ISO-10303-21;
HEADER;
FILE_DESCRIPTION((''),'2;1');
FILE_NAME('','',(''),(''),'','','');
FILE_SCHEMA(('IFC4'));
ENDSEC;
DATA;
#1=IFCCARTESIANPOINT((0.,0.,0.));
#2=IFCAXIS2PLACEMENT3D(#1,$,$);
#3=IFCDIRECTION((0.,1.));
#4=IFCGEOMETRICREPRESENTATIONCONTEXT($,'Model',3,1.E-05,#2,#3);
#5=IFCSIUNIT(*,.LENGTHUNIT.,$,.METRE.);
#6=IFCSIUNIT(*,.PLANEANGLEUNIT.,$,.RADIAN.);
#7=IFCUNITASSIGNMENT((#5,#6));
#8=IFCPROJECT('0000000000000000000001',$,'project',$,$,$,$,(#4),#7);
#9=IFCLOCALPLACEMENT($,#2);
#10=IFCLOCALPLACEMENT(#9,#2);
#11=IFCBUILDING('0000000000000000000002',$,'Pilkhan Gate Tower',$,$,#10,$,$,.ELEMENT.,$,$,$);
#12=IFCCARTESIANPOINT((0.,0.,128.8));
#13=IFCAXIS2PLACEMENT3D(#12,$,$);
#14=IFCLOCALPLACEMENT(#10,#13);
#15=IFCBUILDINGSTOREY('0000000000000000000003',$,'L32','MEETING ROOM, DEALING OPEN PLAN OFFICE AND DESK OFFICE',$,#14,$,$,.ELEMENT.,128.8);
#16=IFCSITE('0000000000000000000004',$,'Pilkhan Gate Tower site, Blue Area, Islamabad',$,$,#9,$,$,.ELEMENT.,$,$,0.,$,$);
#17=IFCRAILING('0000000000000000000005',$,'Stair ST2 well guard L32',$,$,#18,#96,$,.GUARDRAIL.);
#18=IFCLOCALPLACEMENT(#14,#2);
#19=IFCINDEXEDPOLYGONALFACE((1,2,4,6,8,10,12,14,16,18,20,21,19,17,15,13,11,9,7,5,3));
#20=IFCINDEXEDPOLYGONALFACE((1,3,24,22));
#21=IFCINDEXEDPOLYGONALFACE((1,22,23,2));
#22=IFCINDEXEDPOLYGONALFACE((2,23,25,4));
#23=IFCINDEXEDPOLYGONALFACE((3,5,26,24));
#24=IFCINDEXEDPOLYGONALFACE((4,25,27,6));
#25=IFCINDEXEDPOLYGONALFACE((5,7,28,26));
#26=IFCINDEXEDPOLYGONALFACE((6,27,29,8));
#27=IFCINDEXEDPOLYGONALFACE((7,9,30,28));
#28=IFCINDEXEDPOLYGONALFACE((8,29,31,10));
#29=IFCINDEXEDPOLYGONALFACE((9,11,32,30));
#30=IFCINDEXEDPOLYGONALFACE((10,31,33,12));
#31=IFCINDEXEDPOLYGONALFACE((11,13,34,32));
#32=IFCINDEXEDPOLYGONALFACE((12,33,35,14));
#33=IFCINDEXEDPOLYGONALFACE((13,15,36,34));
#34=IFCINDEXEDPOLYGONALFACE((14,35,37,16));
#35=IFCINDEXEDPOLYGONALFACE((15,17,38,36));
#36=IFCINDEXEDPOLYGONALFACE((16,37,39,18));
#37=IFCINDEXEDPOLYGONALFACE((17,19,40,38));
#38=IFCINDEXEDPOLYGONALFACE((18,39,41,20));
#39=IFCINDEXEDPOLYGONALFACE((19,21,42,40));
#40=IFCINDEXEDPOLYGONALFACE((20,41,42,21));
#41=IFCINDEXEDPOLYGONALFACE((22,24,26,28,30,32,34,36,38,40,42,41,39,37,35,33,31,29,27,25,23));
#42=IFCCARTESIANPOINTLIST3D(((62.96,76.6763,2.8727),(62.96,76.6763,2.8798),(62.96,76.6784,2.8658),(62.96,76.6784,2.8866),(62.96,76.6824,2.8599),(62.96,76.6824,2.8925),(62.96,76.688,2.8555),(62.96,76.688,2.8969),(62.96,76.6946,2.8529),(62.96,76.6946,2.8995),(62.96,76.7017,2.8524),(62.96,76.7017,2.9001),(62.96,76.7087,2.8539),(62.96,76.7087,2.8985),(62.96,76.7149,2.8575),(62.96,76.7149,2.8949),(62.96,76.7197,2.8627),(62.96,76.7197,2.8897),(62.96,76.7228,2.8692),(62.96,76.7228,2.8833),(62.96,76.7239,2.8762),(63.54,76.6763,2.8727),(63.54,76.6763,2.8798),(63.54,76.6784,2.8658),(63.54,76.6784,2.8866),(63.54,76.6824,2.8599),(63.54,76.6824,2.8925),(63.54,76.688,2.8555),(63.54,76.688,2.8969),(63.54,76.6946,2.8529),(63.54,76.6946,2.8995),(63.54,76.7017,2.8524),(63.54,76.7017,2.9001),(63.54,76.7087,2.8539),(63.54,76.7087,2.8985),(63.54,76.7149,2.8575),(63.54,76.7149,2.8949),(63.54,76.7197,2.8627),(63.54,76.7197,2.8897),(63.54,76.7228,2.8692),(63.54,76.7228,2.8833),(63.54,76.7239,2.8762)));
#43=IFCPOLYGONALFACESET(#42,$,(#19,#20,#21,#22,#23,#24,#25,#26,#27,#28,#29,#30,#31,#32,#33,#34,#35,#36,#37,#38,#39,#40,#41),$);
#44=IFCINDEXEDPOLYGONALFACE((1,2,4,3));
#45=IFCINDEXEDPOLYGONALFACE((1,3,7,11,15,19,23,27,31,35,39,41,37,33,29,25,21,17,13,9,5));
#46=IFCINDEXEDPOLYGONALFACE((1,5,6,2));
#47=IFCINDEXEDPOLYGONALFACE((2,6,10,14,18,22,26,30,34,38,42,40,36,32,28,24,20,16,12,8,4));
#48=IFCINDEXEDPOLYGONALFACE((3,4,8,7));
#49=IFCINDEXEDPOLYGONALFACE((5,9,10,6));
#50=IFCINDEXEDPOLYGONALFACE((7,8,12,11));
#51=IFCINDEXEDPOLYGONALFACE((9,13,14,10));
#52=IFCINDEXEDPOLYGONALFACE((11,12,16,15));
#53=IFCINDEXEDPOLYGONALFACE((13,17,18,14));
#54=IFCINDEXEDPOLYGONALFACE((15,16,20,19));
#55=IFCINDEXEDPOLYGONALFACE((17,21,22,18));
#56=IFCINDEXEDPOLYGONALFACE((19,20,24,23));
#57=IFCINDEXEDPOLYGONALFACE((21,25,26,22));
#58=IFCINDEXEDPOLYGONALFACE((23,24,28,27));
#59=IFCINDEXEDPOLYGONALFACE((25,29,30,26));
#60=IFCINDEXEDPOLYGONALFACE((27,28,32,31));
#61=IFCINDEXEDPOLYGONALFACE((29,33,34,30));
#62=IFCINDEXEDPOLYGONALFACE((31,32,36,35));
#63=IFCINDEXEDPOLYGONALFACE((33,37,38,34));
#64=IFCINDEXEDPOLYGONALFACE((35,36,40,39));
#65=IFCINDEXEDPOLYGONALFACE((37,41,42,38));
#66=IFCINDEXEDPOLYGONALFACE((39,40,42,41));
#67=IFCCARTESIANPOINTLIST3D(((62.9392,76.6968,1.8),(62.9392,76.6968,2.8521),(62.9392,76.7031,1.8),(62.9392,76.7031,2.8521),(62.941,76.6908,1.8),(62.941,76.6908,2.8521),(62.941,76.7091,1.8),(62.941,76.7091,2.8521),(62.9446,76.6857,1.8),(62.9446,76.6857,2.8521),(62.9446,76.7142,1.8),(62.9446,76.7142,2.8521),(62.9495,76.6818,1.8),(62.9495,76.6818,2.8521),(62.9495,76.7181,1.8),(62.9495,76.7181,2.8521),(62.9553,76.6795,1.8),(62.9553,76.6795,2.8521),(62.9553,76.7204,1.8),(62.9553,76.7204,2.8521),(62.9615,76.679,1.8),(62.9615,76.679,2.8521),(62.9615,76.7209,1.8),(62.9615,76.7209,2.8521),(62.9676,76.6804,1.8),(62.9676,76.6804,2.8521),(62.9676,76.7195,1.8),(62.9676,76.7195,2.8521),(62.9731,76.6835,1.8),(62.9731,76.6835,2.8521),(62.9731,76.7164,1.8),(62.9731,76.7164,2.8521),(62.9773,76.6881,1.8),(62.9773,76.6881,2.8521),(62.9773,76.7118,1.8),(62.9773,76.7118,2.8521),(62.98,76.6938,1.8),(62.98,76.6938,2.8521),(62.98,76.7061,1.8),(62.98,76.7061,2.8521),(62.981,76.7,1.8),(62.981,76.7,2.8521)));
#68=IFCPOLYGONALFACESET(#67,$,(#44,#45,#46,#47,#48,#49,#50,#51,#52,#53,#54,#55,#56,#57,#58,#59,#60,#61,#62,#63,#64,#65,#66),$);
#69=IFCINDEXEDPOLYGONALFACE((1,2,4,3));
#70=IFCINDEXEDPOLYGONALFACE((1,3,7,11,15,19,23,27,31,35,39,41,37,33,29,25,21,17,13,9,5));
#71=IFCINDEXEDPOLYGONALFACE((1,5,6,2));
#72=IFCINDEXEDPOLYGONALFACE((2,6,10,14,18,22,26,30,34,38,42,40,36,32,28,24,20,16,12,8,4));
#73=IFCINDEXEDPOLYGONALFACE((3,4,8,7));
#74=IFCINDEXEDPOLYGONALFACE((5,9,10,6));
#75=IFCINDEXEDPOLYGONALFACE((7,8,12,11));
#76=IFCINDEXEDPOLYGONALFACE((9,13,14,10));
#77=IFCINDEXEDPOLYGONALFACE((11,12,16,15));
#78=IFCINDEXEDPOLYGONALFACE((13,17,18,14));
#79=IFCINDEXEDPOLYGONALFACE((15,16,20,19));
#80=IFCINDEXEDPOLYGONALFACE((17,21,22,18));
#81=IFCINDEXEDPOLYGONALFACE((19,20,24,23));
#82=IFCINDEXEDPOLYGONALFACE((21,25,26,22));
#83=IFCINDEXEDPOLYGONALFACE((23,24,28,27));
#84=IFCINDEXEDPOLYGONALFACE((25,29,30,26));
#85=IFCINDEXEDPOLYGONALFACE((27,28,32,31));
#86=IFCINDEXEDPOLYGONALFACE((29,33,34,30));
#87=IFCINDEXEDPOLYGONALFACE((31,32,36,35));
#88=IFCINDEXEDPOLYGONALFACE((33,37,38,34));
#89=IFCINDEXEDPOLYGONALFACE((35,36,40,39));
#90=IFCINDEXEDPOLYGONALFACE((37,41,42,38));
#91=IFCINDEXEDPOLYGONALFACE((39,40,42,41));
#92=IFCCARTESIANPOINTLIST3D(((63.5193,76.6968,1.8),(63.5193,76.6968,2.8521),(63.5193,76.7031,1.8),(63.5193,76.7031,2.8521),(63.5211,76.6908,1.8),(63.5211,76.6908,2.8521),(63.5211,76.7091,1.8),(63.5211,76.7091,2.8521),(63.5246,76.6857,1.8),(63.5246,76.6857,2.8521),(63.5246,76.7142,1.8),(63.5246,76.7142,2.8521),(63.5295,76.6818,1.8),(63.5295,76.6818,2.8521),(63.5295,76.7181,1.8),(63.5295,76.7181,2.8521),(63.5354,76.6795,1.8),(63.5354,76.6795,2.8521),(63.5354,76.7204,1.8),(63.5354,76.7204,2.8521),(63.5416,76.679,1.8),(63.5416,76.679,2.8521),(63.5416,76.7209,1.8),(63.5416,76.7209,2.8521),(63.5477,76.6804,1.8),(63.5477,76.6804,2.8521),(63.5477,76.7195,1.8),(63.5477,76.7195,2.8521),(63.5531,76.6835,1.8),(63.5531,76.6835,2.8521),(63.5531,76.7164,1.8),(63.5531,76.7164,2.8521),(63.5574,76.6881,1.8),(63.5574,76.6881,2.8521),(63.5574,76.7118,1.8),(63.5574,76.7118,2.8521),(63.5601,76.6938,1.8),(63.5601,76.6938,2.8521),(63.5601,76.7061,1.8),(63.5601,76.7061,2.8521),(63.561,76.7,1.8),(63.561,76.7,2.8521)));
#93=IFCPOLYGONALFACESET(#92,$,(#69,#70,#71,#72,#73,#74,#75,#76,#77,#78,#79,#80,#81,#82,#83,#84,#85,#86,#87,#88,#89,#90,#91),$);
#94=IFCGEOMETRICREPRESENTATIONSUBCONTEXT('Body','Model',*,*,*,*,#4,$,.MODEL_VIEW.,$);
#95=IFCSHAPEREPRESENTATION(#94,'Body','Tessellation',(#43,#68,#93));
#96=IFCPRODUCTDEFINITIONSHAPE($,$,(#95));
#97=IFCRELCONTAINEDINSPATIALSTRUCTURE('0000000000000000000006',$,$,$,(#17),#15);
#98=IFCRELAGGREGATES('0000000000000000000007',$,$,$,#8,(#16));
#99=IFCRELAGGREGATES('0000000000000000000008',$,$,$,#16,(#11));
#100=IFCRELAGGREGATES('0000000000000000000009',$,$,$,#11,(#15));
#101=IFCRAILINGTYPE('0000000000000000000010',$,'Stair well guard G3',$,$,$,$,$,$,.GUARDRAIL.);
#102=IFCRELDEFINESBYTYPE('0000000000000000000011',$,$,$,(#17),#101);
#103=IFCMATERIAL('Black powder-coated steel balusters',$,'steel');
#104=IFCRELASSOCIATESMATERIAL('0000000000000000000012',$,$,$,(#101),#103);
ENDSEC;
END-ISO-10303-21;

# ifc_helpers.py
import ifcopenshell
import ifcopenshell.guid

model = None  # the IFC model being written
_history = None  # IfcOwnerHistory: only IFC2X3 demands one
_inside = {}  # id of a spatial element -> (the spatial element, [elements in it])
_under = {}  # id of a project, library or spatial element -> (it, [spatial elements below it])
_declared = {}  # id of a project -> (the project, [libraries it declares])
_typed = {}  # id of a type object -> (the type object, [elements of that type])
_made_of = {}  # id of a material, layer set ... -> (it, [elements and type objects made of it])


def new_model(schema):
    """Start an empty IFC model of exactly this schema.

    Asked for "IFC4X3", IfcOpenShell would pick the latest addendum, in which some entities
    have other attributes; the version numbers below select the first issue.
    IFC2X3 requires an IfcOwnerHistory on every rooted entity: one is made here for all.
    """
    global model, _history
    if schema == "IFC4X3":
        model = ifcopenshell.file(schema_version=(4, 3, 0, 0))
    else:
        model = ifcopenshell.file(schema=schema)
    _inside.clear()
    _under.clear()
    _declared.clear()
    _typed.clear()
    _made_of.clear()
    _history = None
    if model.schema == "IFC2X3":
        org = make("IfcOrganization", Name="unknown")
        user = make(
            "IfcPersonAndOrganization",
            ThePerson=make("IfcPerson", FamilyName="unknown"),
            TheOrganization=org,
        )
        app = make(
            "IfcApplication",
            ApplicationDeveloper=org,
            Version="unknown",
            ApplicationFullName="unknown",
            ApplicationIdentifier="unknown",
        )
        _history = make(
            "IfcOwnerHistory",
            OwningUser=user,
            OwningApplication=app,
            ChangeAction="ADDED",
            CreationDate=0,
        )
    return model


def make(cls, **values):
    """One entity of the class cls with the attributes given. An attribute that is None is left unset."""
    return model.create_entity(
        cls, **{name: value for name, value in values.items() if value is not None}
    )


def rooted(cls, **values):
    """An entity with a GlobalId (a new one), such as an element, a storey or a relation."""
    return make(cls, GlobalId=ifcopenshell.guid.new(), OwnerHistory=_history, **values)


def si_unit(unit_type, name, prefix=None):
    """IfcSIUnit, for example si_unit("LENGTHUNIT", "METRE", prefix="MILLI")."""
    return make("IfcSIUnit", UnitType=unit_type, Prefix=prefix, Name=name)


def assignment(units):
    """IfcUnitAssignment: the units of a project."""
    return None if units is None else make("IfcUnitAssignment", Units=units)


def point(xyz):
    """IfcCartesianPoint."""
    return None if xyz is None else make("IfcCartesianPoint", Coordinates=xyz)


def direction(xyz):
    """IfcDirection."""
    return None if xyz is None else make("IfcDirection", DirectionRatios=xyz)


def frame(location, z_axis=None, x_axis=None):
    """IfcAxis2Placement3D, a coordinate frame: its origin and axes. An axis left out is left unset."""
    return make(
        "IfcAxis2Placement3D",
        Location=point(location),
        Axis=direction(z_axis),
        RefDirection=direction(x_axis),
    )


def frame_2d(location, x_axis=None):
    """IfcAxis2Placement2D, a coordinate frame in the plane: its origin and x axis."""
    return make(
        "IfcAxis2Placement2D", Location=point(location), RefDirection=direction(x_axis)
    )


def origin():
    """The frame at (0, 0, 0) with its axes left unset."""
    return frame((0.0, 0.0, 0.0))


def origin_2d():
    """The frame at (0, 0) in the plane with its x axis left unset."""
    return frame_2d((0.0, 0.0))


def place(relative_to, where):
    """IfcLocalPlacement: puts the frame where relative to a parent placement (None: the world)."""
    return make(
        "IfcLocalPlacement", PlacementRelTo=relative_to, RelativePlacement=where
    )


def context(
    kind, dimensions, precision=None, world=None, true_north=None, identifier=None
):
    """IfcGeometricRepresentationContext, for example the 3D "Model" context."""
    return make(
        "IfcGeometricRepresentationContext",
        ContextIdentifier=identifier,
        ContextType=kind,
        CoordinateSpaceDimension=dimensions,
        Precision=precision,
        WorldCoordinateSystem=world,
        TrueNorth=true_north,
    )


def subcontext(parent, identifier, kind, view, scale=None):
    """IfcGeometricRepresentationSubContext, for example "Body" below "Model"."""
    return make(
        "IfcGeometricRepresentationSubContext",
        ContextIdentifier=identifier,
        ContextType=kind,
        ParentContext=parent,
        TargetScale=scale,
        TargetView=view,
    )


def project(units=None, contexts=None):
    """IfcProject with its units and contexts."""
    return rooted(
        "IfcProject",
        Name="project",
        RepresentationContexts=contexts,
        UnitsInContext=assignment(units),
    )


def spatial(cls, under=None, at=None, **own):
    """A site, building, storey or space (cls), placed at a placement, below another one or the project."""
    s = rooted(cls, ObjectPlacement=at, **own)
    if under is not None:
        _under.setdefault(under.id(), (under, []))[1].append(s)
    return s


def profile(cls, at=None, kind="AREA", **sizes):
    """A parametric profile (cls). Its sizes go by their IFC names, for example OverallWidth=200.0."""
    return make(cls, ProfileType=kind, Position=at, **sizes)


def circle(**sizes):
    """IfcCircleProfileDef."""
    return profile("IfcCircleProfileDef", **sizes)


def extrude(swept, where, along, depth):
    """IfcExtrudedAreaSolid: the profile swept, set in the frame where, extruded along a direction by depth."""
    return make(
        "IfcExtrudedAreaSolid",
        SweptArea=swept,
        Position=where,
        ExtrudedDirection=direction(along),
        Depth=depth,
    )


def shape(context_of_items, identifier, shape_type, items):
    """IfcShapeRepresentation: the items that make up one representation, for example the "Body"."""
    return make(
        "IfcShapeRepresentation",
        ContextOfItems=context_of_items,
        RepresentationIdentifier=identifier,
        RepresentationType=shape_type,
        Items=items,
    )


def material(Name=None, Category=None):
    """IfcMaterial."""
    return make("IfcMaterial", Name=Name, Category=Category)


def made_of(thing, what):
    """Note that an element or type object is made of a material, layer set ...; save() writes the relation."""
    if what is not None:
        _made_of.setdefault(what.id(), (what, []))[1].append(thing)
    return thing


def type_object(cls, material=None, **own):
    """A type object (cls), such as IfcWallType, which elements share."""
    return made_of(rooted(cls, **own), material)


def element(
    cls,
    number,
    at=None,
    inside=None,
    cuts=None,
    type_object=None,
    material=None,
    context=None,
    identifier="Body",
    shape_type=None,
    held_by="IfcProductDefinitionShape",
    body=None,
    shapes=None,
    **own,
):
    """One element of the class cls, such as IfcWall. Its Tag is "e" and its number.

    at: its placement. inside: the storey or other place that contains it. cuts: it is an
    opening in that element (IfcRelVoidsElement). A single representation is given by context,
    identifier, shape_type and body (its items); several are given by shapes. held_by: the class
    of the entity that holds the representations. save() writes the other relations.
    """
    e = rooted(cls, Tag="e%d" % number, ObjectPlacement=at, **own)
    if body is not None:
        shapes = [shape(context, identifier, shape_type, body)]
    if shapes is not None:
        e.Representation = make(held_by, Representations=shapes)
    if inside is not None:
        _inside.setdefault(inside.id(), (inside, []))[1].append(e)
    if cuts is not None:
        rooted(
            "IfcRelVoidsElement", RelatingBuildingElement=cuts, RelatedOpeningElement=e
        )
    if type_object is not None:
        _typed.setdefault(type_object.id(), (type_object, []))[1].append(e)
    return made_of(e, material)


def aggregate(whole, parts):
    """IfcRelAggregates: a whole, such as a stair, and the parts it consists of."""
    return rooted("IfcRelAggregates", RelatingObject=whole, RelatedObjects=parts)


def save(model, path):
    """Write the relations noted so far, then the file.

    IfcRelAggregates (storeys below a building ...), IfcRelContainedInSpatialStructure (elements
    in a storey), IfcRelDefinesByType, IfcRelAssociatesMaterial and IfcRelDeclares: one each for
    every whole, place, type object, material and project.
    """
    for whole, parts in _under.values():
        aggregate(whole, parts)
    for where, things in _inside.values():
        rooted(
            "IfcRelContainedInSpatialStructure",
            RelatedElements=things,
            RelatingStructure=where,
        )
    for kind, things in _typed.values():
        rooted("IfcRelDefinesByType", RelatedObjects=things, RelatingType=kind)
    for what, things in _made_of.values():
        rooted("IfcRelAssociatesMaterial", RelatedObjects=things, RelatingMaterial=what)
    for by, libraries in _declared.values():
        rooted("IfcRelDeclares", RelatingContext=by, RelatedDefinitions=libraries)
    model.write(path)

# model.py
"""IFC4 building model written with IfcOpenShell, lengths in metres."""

from ifc_helpers import new_model, si_unit, direction, frame, origin, origin_2d, place, context, subcontext, project, spatial, circle, extrude, material, type_object, element, save


model = new_model("IFC4")

# Units and contexts
model_context = context("Model", 3, precision=1e-05, world=origin(), true_north=direction((0.0, 1.0)))
body_context = subcontext(model_context, "Body", "Model", "MODEL_VIEW")
ifc_project = project(units=[si_unit("LENGTHUNIT", "METRE"), si_unit("PLANEANGLEUNIT", "RADIAN")], contexts=[model_context])

# Site, building, storey
site_placement = place(None, origin())
site = spatial("IfcSite", under=ifc_project, at=site_placement, Name="Pilkhan Gate Tower site, Blue Area, Islamabad", CompositionType="ELEMENT", RefElevation=0.0)
building_placement = place(site_placement, origin())
building = spatial("IfcBuilding", under=site, at=building_placement, Name="Pilkhan Gate Tower", CompositionType="ELEMENT")
storey_placement = place(building_placement, frame((0.0, 0.0, 128.8)))
storey = spatial("IfcBuildingStorey", under=building, at=storey_placement, Name="L32", Description="MEETING ROOM, DEALING OPEN PLAN OFFICE AND DESK OFFICE", CompositionType="ELEMENT", Elevation=128.8)

# Railing
ifc_material_1 = material(Name="Black powder-coated steel balusters", Category="steel")
railing_type_1 = type_object("IfcRailingType", Name="Stair well guard G3", PredefinedType="GUARDRAIL", material=ifc_material_1)
for number, where, name in (
    (1, (62.96, 76.7, 1.8), "Stair ST2 well guard L32"),
):
    element("IfcRailing", number, at=place(storey_placement, frame(where)), inside=storey, type_object=railing_type_1, Name=name, PredefinedType="GUARDRAIL", context=body_context, shape_type="SweptSolid", body=[
        extrude(circle(Radius=0.0239, at=origin_2d()), frame((0.0, 0.0, 1.0762), z_axis=(1.0, 0.0, 0.0), x_axis=(0.0, 1.0, 0.0)), (0.0, 0.0, 1.0), 0.5801),
        extrude(circle(Radius=0.021, at=origin_2d()), origin(), (0.0, 0.0, 1.0), 1.052),
        extrude(circle(Radius=0.021, at=origin_2d()), frame((0.5801, 0.0, 0.0)), (0.0, 0.0, 1.0), 1.052),
    ])

save(model, "model.ifc")
